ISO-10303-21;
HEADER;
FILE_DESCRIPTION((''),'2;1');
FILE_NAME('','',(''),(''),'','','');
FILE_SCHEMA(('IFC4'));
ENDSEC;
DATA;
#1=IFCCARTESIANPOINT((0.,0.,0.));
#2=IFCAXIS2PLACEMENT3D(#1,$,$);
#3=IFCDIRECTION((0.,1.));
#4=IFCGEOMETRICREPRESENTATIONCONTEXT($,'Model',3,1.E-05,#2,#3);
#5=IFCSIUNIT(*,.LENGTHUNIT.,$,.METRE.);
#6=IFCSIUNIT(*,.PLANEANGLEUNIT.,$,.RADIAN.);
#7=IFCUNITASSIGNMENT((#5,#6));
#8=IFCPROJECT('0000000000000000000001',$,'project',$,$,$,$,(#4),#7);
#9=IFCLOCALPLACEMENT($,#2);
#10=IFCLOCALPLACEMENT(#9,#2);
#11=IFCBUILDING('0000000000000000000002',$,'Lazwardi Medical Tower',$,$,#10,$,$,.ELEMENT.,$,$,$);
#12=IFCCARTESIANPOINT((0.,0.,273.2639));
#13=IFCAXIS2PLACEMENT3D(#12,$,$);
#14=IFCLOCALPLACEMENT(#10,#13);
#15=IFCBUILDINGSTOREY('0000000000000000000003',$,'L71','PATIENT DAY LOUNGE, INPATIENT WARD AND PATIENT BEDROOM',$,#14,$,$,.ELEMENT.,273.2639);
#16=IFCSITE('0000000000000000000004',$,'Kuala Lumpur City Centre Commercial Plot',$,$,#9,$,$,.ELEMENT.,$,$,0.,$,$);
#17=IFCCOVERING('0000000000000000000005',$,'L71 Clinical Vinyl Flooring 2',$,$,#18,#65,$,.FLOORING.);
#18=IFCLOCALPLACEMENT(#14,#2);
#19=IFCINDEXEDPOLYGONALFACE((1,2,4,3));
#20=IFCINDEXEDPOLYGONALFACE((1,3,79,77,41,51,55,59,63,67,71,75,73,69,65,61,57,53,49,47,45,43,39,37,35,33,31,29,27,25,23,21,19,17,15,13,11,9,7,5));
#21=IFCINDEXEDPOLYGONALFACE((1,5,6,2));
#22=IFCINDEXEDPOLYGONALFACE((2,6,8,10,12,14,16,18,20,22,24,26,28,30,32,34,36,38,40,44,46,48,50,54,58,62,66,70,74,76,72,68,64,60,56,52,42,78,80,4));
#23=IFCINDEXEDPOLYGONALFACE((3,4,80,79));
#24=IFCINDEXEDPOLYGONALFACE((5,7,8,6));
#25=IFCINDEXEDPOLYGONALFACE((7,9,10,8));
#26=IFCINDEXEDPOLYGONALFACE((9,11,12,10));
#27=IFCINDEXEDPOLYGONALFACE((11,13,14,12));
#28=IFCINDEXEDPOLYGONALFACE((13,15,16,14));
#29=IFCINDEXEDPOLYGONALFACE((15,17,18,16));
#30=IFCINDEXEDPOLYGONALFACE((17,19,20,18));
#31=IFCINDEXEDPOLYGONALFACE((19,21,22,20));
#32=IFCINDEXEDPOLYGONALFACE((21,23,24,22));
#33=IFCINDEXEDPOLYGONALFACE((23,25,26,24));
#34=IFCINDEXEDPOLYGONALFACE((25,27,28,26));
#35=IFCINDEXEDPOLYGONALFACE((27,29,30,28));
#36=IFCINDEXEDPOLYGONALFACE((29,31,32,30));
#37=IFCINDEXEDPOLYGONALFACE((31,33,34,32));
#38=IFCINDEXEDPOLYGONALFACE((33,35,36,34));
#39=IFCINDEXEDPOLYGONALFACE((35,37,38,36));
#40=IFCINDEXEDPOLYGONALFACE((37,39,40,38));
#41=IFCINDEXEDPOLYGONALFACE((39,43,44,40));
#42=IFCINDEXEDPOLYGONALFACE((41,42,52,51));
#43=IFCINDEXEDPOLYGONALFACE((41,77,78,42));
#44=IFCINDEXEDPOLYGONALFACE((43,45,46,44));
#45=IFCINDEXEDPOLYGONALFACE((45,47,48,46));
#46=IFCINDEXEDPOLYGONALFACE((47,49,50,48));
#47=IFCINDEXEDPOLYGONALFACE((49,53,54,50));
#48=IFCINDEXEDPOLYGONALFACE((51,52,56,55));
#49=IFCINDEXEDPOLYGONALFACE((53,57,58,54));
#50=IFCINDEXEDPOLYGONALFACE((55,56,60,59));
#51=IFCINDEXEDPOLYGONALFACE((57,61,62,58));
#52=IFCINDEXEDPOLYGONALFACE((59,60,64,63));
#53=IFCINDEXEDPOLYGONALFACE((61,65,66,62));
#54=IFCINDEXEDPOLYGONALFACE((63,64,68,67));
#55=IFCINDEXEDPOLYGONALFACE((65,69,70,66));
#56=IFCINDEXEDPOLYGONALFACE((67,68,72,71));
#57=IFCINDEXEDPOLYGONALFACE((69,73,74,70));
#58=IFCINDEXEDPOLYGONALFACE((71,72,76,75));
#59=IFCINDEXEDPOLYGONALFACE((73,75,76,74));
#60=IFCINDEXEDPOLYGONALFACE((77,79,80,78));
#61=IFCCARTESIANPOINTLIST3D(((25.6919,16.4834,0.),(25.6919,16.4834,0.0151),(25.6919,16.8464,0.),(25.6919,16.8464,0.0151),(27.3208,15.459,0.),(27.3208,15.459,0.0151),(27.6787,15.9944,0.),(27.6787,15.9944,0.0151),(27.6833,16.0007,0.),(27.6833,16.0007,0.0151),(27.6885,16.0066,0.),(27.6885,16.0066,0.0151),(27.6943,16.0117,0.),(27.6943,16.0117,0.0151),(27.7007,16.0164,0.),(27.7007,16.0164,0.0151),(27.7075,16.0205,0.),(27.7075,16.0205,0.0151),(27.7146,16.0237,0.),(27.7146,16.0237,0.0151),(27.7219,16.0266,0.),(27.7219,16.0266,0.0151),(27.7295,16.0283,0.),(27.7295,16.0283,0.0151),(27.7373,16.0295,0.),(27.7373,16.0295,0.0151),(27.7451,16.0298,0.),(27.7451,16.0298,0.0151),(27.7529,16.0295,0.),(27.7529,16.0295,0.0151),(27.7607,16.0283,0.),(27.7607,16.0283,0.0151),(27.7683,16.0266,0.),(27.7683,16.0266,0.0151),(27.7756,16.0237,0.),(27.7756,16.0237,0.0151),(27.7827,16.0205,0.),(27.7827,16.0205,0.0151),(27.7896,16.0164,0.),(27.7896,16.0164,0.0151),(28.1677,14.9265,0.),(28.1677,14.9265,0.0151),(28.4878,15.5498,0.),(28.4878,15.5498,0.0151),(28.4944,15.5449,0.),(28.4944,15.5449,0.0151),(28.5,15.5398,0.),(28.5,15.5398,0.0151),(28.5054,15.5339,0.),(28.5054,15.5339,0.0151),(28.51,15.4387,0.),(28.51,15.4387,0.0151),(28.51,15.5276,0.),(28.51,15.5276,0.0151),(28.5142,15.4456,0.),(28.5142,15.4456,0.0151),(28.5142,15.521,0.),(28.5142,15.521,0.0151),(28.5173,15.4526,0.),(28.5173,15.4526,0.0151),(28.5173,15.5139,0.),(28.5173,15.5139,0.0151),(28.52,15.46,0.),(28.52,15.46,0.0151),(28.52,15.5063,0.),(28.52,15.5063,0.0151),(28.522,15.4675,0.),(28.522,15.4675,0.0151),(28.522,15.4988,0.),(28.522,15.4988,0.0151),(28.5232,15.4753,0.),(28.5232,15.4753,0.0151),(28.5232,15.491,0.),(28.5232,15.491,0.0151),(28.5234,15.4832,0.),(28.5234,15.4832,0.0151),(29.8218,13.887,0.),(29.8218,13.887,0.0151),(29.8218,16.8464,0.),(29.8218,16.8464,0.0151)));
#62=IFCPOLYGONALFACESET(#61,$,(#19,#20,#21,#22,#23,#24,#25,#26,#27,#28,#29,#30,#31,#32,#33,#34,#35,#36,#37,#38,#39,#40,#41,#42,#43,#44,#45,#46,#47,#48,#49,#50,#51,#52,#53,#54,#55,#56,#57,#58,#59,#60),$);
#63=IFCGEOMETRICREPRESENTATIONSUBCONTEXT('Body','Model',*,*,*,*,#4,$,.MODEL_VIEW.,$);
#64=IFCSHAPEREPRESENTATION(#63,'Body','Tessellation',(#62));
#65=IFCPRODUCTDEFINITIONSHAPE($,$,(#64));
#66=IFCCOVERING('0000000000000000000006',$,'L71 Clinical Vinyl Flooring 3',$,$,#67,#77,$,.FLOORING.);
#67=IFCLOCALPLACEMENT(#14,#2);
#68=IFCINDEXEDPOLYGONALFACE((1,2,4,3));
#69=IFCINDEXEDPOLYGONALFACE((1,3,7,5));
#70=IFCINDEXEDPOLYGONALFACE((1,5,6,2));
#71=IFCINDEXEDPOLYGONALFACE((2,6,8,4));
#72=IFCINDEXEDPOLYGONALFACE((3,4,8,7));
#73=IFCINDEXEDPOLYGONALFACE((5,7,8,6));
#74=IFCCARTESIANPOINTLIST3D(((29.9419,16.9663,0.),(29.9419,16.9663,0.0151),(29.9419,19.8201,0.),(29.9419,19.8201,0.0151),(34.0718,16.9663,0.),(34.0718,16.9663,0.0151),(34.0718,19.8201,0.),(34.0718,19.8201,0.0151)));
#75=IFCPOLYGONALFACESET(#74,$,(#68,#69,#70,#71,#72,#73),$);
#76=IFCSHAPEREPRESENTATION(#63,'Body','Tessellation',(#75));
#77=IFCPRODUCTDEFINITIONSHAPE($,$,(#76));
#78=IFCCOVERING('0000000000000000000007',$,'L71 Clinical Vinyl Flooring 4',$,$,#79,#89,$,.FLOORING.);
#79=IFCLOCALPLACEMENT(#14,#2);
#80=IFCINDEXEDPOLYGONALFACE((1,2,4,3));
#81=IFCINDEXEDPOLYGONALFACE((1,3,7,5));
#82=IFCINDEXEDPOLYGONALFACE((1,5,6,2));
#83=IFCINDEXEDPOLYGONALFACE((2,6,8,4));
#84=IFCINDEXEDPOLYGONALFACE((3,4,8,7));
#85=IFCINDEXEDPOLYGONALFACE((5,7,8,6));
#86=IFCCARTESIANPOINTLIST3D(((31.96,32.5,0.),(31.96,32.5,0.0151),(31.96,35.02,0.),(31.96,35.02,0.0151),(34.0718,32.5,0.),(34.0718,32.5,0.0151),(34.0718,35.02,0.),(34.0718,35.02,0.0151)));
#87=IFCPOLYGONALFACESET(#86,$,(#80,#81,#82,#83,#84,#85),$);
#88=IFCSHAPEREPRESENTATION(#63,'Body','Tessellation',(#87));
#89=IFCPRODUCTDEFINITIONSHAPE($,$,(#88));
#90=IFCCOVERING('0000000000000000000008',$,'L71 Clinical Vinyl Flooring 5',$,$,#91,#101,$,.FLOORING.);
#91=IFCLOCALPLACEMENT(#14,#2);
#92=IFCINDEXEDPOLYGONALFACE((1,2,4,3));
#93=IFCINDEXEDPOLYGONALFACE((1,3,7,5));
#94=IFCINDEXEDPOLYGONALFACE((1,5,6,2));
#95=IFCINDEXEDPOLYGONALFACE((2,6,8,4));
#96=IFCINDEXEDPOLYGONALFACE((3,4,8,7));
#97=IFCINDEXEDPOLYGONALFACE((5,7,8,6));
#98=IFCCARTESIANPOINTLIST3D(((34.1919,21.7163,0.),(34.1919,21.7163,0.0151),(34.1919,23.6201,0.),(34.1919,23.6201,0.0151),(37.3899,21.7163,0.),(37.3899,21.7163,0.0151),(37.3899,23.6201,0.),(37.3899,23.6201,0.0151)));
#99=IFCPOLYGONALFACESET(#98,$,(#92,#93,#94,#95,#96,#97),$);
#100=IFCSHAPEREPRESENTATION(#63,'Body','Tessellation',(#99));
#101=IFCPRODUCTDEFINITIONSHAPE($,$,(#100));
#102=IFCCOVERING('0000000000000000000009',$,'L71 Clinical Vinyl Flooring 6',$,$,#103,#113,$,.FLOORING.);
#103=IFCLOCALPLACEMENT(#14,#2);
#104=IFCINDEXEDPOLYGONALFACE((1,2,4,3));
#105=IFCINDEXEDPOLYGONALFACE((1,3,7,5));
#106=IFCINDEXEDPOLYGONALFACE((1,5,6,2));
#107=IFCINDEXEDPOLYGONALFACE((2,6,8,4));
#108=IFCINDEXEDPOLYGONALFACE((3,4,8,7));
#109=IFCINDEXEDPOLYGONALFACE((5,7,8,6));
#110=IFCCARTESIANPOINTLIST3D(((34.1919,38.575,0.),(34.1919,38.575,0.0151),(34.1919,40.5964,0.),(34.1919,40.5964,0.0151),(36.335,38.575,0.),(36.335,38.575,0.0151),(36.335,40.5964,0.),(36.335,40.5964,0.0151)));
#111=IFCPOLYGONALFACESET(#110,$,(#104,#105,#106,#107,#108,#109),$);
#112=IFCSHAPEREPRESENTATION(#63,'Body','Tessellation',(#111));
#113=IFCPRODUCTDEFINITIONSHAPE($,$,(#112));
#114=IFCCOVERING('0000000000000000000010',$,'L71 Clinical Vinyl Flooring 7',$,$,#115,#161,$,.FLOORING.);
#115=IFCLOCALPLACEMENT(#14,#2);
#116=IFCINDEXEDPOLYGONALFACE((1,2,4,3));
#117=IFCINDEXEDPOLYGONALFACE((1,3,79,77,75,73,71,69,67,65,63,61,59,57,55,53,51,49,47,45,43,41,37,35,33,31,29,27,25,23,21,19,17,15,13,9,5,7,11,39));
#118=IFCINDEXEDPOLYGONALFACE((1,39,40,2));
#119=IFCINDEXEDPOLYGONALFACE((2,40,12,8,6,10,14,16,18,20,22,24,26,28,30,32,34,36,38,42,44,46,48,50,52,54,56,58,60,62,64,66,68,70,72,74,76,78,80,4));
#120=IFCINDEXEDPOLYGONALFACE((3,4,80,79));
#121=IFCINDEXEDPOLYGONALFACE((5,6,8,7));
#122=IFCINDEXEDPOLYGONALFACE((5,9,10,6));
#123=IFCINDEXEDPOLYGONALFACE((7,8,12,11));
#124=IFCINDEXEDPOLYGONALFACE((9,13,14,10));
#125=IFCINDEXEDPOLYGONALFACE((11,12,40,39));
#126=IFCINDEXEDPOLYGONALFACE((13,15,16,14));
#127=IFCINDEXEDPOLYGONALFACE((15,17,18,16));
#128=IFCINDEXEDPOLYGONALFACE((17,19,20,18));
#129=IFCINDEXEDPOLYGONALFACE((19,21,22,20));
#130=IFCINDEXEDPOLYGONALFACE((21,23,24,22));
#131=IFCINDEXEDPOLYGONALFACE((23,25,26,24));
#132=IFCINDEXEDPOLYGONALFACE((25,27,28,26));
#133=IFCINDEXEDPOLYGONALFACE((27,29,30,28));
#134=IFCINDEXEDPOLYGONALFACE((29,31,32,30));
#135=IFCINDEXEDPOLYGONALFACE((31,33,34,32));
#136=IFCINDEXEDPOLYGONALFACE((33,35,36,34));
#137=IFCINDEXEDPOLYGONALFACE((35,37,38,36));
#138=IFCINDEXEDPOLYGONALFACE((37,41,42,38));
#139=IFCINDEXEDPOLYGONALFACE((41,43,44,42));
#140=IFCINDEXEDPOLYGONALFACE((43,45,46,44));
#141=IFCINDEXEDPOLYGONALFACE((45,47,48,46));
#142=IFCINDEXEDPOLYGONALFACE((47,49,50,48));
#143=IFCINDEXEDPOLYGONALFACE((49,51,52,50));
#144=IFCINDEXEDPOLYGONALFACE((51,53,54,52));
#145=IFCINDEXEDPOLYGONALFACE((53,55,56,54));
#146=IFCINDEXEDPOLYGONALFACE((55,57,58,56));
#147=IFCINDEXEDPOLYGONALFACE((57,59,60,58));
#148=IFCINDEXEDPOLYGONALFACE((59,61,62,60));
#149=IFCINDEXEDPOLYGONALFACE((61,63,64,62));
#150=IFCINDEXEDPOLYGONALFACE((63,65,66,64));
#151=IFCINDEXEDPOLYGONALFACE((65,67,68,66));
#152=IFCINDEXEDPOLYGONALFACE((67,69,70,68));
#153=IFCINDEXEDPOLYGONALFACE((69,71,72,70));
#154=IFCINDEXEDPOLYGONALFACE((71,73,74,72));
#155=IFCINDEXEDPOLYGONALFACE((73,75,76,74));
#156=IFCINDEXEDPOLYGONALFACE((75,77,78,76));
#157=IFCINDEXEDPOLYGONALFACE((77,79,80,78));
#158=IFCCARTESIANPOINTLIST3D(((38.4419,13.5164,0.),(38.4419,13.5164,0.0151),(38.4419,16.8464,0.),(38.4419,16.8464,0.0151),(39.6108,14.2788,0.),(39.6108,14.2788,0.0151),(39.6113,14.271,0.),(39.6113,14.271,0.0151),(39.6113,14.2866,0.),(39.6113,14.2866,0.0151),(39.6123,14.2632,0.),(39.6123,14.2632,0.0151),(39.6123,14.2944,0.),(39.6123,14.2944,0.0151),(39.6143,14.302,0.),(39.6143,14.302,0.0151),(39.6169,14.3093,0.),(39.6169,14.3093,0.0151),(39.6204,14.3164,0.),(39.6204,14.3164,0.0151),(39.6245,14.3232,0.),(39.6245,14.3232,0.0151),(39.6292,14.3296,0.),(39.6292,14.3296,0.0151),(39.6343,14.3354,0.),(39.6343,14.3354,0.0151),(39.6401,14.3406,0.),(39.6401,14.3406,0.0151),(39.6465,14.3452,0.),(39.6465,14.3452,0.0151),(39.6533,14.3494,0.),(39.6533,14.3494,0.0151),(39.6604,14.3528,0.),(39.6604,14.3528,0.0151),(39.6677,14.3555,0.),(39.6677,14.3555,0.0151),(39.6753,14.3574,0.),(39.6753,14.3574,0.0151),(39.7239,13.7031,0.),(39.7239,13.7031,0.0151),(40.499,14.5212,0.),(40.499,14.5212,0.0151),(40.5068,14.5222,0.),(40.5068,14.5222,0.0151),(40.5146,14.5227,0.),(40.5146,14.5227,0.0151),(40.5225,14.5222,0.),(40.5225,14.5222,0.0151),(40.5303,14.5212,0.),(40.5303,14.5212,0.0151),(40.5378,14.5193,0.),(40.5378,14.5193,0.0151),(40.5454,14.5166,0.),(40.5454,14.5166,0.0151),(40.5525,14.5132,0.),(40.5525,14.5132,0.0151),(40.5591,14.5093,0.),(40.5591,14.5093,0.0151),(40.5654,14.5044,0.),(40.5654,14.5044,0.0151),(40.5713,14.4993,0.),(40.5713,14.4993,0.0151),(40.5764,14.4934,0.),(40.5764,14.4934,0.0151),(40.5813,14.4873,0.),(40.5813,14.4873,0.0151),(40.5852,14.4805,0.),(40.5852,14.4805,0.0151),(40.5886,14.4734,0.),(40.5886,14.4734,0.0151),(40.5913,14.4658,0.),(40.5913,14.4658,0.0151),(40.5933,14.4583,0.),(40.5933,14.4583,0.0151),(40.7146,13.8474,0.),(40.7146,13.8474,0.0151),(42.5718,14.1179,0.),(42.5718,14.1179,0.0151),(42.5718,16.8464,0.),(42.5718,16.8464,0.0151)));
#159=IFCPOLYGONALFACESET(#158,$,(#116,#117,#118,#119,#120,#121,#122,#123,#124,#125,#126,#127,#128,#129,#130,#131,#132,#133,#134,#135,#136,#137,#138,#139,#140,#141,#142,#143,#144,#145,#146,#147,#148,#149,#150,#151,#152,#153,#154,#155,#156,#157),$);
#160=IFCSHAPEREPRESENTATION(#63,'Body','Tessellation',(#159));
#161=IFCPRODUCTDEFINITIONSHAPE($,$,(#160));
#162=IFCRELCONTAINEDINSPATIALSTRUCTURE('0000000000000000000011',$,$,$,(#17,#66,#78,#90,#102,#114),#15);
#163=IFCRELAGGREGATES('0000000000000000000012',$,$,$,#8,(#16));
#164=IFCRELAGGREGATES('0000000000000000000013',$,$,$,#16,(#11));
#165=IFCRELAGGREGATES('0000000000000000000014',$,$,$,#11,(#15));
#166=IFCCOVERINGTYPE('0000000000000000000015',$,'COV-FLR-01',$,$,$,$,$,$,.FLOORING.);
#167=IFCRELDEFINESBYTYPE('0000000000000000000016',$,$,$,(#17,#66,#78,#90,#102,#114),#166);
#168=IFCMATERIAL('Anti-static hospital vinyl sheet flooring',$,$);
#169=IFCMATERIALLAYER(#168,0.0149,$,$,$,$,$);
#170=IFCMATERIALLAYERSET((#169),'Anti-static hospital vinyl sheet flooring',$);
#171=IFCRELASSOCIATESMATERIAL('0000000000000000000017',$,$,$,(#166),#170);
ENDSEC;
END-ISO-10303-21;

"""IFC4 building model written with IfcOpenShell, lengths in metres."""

from ifc_helpers import new_model, si_unit, direction, frame, origin, place, context, subcontext, project, spatial, polyline, outline, extrude, material, layer, layer_set, type_object, element, save


model = new_model("IFC4")

# Units and contexts
model_context = context("Model", 3, precision=1e-05, world=origin(), true_north=direction((0.0, 1.0)))
body_context = subcontext(model_context, "Body", "Model", "MODEL_VIEW")
ifc_project = project(units=[si_unit("LENGTHUNIT", "METRE"), si_unit("PLANEANGLEUNIT", "RADIAN")], contexts=[model_context])

# Site, building, storey
site_placement = place(None, origin())
site = spatial("IfcSite", under=ifc_project, at=site_placement, Name="Kuala Lumpur City Centre Commercial Plot", CompositionType="ELEMENT", RefElevation=0.0)
building_placement = place(site_placement, origin())
building = spatial("IfcBuilding", under=site, at=building_placement, Name="Lazwardi Medical Tower", CompositionType="ELEMENT")
storey_placement = place(building_placement, frame((0.0, 0.0, 273.2639)))
storey = spatial("IfcBuildingStorey", under=building, at=storey_placement, Name="L71", Description="PATIENT DAY LOUNGE, INPATIENT WARD AND PATIENT BEDROOM", CompositionType="ELEMENT", Elevation=273.2639)

# Coverings
ifc_material_1 = material(Name="Anti-static hospital vinyl sheet flooring")
ifc_layer_1 = layer(ifc_material_1, 0.0149)
ifc_layer_set_1 = layer_set([ifc_layer_1], Name="Anti-static hospital vinyl sheet flooring")
covering_type_1 = type_object("IfcCoveringType", Name="COV-FLR-01", PredefinedType="FLOORING", material=ifc_layer_set_1)
covering_1_placement = place(storey_placement, origin())
element("IfcCovering", 1, at=covering_1_placement, inside=storey, type_object=covering_type_1, Name="L71 Clinical Vinyl Flooring 2", PredefinedType="FLOORING", context=body_context, shape_type="SweptSolid", body=[
    extrude(outline(polyline([(25.6919, 16.4834), (27.3208, 15.459), (27.6787, 15.9944), (27.6833, 16.0007), (27.6885, 16.0066), (27.6943, 16.0117), (27.7007, 16.0164), (27.7075, 16.0205), (27.7146, 16.0237), (27.7219, 16.0266), (27.7295, 16.0283), (27.7373, 16.0295), (27.7451, 16.0298), (27.7529, 16.0295), (27.7607, 16.0283), (27.7683, 16.0266), (27.7756, 16.0237), (27.7827, 16.0205), (27.7896, 16.0164), (28.4878, 15.5498), (28.4944, 15.5449), (28.5, 15.5398), (28.5054, 15.5339), (28.51, 15.5276), (28.5142, 15.521), (28.5173, 15.5139), (28.52, 15.5063), (28.522, 15.4988), (28.5232, 15.491), (28.5234, 15.4832), (28.5232, 15.4753), (28.522, 15.4675), (28.52, 15.46), (28.5173, 15.4526), (28.5142, 15.4456), (28.51, 15.4387), (28.1677, 14.9265), (29.8218, 13.887), (29.8218, 16.8464), (25.6919, 16.8464), (25.6919, 16.4834)])), origin(), (0.0, 0.0, 1.0), 0.0151),
])
covering_2_placement = place(storey_placement, origin())
element("IfcCovering", 2, at=covering_2_placement, inside=storey, type_object=covering_type_1, Name="L71 Clinical Vinyl Flooring 3", PredefinedType="FLOORING", context=body_context, shape_type="SweptSolid", body=[
    extrude(outline(polyline([(34.0718, 19.8201), (29.9419, 19.8201), (29.9419, 16.9663), (34.0718, 16.9663), (34.0718, 19.8201)])), origin(), (0.0, 0.0, 1.0), 0.0151),
])
covering_3_placement = place(storey_placement, origin())
element("IfcCovering", 3, at=covering_3_placement, inside=storey, type_object=covering_type_1, Name="L71 Clinical Vinyl Flooring 4", PredefinedType="FLOORING", context=body_context, shape_type="SweptSolid", body=[
    extrude(outline(polyline([(34.0718, 35.02), (31.96, 35.02), (31.96, 32.5), (34.0718, 32.5), (34.0718, 35.02)])), origin(), (0.0, 0.0, 1.0), 0.0151),
])
covering_4_placement = place(storey_placement, origin())
element("IfcCovering", 4, at=covering_4_placement, inside=storey, type_object=covering_type_1, Name="L71 Clinical Vinyl Flooring 5", PredefinedType="FLOORING", context=body_context, shape_type="SweptSolid", body=[
    extrude(outline(polyline([(37.3899, 21.7163), (37.3899, 23.6201), (34.1919, 23.6201), (34.1919, 21.7163), (37.3899, 21.7163)])), origin(), (0.0, 0.0, 1.0), 0.0151),
])
covering_5_placement = place(storey_placement, origin())
element("IfcCovering", 5, at=covering_5_placement, inside=storey, type_object=covering_type_1, Name="L71 Clinical Vinyl Flooring 6", PredefinedType="FLOORING", context=body_context, shape_type="SweptSolid", body=[
    extrude(outline(polyline([(34.1919, 38.575), (36.335, 38.575), (36.335, 40.5964), (34.1919, 40.5964), (34.1919, 38.575)])), origin(), (0.0, 0.0, 1.0), 0.0151),
])
covering_6_placement = place(storey_placement, origin())
element("IfcCovering", 6, at=covering_6_placement, inside=storey, type_object=covering_type_1, Name="L71 Clinical Vinyl Flooring 7", PredefinedType="FLOORING", context=body_context, shape_type="SweptSolid", body=[
    extrude(outline(polyline([(38.4419, 13.5164), (39.7239, 13.7031), (39.6123, 14.2632), (39.6113, 14.271), (39.6108, 14.2788), (39.6113, 14.2866), (39.6123, 14.2944), (39.6143, 14.302), (39.6169, 14.3093), (39.6204, 14.3164), (39.6245, 14.3232), (39.6292, 14.3296), (39.6343, 14.3354), (39.6401, 14.3406), (39.6465, 14.3452), (39.6533, 14.3494), (39.6604, 14.3528), (39.6677, 14.3555), (39.6753, 14.3574), (40.499, 14.5212), (40.5068, 14.5222), (40.5146, 14.5227), (40.5225, 14.5222), (40.5303, 14.5212), (40.5378, 14.5193), (40.5454, 14.5166), (40.5525, 14.5132), (40.5591, 14.5093), (40.5654, 14.5044), (40.5713, 14.4993), (40.5764, 14.4934), (40.5813, 14.4873), (40.5852, 14.4805), (40.5886, 14.4734), (40.5913, 14.4658), (40.5933, 14.4583), (40.7146, 13.8474), (42.5718, 14.1179), (42.5718, 16.8464), (38.4419, 16.8464), (38.4419, 13.5164)])), origin(), (0.0, 0.0, 1.0), 0.0151),
])

save(model, "model.ifc")
